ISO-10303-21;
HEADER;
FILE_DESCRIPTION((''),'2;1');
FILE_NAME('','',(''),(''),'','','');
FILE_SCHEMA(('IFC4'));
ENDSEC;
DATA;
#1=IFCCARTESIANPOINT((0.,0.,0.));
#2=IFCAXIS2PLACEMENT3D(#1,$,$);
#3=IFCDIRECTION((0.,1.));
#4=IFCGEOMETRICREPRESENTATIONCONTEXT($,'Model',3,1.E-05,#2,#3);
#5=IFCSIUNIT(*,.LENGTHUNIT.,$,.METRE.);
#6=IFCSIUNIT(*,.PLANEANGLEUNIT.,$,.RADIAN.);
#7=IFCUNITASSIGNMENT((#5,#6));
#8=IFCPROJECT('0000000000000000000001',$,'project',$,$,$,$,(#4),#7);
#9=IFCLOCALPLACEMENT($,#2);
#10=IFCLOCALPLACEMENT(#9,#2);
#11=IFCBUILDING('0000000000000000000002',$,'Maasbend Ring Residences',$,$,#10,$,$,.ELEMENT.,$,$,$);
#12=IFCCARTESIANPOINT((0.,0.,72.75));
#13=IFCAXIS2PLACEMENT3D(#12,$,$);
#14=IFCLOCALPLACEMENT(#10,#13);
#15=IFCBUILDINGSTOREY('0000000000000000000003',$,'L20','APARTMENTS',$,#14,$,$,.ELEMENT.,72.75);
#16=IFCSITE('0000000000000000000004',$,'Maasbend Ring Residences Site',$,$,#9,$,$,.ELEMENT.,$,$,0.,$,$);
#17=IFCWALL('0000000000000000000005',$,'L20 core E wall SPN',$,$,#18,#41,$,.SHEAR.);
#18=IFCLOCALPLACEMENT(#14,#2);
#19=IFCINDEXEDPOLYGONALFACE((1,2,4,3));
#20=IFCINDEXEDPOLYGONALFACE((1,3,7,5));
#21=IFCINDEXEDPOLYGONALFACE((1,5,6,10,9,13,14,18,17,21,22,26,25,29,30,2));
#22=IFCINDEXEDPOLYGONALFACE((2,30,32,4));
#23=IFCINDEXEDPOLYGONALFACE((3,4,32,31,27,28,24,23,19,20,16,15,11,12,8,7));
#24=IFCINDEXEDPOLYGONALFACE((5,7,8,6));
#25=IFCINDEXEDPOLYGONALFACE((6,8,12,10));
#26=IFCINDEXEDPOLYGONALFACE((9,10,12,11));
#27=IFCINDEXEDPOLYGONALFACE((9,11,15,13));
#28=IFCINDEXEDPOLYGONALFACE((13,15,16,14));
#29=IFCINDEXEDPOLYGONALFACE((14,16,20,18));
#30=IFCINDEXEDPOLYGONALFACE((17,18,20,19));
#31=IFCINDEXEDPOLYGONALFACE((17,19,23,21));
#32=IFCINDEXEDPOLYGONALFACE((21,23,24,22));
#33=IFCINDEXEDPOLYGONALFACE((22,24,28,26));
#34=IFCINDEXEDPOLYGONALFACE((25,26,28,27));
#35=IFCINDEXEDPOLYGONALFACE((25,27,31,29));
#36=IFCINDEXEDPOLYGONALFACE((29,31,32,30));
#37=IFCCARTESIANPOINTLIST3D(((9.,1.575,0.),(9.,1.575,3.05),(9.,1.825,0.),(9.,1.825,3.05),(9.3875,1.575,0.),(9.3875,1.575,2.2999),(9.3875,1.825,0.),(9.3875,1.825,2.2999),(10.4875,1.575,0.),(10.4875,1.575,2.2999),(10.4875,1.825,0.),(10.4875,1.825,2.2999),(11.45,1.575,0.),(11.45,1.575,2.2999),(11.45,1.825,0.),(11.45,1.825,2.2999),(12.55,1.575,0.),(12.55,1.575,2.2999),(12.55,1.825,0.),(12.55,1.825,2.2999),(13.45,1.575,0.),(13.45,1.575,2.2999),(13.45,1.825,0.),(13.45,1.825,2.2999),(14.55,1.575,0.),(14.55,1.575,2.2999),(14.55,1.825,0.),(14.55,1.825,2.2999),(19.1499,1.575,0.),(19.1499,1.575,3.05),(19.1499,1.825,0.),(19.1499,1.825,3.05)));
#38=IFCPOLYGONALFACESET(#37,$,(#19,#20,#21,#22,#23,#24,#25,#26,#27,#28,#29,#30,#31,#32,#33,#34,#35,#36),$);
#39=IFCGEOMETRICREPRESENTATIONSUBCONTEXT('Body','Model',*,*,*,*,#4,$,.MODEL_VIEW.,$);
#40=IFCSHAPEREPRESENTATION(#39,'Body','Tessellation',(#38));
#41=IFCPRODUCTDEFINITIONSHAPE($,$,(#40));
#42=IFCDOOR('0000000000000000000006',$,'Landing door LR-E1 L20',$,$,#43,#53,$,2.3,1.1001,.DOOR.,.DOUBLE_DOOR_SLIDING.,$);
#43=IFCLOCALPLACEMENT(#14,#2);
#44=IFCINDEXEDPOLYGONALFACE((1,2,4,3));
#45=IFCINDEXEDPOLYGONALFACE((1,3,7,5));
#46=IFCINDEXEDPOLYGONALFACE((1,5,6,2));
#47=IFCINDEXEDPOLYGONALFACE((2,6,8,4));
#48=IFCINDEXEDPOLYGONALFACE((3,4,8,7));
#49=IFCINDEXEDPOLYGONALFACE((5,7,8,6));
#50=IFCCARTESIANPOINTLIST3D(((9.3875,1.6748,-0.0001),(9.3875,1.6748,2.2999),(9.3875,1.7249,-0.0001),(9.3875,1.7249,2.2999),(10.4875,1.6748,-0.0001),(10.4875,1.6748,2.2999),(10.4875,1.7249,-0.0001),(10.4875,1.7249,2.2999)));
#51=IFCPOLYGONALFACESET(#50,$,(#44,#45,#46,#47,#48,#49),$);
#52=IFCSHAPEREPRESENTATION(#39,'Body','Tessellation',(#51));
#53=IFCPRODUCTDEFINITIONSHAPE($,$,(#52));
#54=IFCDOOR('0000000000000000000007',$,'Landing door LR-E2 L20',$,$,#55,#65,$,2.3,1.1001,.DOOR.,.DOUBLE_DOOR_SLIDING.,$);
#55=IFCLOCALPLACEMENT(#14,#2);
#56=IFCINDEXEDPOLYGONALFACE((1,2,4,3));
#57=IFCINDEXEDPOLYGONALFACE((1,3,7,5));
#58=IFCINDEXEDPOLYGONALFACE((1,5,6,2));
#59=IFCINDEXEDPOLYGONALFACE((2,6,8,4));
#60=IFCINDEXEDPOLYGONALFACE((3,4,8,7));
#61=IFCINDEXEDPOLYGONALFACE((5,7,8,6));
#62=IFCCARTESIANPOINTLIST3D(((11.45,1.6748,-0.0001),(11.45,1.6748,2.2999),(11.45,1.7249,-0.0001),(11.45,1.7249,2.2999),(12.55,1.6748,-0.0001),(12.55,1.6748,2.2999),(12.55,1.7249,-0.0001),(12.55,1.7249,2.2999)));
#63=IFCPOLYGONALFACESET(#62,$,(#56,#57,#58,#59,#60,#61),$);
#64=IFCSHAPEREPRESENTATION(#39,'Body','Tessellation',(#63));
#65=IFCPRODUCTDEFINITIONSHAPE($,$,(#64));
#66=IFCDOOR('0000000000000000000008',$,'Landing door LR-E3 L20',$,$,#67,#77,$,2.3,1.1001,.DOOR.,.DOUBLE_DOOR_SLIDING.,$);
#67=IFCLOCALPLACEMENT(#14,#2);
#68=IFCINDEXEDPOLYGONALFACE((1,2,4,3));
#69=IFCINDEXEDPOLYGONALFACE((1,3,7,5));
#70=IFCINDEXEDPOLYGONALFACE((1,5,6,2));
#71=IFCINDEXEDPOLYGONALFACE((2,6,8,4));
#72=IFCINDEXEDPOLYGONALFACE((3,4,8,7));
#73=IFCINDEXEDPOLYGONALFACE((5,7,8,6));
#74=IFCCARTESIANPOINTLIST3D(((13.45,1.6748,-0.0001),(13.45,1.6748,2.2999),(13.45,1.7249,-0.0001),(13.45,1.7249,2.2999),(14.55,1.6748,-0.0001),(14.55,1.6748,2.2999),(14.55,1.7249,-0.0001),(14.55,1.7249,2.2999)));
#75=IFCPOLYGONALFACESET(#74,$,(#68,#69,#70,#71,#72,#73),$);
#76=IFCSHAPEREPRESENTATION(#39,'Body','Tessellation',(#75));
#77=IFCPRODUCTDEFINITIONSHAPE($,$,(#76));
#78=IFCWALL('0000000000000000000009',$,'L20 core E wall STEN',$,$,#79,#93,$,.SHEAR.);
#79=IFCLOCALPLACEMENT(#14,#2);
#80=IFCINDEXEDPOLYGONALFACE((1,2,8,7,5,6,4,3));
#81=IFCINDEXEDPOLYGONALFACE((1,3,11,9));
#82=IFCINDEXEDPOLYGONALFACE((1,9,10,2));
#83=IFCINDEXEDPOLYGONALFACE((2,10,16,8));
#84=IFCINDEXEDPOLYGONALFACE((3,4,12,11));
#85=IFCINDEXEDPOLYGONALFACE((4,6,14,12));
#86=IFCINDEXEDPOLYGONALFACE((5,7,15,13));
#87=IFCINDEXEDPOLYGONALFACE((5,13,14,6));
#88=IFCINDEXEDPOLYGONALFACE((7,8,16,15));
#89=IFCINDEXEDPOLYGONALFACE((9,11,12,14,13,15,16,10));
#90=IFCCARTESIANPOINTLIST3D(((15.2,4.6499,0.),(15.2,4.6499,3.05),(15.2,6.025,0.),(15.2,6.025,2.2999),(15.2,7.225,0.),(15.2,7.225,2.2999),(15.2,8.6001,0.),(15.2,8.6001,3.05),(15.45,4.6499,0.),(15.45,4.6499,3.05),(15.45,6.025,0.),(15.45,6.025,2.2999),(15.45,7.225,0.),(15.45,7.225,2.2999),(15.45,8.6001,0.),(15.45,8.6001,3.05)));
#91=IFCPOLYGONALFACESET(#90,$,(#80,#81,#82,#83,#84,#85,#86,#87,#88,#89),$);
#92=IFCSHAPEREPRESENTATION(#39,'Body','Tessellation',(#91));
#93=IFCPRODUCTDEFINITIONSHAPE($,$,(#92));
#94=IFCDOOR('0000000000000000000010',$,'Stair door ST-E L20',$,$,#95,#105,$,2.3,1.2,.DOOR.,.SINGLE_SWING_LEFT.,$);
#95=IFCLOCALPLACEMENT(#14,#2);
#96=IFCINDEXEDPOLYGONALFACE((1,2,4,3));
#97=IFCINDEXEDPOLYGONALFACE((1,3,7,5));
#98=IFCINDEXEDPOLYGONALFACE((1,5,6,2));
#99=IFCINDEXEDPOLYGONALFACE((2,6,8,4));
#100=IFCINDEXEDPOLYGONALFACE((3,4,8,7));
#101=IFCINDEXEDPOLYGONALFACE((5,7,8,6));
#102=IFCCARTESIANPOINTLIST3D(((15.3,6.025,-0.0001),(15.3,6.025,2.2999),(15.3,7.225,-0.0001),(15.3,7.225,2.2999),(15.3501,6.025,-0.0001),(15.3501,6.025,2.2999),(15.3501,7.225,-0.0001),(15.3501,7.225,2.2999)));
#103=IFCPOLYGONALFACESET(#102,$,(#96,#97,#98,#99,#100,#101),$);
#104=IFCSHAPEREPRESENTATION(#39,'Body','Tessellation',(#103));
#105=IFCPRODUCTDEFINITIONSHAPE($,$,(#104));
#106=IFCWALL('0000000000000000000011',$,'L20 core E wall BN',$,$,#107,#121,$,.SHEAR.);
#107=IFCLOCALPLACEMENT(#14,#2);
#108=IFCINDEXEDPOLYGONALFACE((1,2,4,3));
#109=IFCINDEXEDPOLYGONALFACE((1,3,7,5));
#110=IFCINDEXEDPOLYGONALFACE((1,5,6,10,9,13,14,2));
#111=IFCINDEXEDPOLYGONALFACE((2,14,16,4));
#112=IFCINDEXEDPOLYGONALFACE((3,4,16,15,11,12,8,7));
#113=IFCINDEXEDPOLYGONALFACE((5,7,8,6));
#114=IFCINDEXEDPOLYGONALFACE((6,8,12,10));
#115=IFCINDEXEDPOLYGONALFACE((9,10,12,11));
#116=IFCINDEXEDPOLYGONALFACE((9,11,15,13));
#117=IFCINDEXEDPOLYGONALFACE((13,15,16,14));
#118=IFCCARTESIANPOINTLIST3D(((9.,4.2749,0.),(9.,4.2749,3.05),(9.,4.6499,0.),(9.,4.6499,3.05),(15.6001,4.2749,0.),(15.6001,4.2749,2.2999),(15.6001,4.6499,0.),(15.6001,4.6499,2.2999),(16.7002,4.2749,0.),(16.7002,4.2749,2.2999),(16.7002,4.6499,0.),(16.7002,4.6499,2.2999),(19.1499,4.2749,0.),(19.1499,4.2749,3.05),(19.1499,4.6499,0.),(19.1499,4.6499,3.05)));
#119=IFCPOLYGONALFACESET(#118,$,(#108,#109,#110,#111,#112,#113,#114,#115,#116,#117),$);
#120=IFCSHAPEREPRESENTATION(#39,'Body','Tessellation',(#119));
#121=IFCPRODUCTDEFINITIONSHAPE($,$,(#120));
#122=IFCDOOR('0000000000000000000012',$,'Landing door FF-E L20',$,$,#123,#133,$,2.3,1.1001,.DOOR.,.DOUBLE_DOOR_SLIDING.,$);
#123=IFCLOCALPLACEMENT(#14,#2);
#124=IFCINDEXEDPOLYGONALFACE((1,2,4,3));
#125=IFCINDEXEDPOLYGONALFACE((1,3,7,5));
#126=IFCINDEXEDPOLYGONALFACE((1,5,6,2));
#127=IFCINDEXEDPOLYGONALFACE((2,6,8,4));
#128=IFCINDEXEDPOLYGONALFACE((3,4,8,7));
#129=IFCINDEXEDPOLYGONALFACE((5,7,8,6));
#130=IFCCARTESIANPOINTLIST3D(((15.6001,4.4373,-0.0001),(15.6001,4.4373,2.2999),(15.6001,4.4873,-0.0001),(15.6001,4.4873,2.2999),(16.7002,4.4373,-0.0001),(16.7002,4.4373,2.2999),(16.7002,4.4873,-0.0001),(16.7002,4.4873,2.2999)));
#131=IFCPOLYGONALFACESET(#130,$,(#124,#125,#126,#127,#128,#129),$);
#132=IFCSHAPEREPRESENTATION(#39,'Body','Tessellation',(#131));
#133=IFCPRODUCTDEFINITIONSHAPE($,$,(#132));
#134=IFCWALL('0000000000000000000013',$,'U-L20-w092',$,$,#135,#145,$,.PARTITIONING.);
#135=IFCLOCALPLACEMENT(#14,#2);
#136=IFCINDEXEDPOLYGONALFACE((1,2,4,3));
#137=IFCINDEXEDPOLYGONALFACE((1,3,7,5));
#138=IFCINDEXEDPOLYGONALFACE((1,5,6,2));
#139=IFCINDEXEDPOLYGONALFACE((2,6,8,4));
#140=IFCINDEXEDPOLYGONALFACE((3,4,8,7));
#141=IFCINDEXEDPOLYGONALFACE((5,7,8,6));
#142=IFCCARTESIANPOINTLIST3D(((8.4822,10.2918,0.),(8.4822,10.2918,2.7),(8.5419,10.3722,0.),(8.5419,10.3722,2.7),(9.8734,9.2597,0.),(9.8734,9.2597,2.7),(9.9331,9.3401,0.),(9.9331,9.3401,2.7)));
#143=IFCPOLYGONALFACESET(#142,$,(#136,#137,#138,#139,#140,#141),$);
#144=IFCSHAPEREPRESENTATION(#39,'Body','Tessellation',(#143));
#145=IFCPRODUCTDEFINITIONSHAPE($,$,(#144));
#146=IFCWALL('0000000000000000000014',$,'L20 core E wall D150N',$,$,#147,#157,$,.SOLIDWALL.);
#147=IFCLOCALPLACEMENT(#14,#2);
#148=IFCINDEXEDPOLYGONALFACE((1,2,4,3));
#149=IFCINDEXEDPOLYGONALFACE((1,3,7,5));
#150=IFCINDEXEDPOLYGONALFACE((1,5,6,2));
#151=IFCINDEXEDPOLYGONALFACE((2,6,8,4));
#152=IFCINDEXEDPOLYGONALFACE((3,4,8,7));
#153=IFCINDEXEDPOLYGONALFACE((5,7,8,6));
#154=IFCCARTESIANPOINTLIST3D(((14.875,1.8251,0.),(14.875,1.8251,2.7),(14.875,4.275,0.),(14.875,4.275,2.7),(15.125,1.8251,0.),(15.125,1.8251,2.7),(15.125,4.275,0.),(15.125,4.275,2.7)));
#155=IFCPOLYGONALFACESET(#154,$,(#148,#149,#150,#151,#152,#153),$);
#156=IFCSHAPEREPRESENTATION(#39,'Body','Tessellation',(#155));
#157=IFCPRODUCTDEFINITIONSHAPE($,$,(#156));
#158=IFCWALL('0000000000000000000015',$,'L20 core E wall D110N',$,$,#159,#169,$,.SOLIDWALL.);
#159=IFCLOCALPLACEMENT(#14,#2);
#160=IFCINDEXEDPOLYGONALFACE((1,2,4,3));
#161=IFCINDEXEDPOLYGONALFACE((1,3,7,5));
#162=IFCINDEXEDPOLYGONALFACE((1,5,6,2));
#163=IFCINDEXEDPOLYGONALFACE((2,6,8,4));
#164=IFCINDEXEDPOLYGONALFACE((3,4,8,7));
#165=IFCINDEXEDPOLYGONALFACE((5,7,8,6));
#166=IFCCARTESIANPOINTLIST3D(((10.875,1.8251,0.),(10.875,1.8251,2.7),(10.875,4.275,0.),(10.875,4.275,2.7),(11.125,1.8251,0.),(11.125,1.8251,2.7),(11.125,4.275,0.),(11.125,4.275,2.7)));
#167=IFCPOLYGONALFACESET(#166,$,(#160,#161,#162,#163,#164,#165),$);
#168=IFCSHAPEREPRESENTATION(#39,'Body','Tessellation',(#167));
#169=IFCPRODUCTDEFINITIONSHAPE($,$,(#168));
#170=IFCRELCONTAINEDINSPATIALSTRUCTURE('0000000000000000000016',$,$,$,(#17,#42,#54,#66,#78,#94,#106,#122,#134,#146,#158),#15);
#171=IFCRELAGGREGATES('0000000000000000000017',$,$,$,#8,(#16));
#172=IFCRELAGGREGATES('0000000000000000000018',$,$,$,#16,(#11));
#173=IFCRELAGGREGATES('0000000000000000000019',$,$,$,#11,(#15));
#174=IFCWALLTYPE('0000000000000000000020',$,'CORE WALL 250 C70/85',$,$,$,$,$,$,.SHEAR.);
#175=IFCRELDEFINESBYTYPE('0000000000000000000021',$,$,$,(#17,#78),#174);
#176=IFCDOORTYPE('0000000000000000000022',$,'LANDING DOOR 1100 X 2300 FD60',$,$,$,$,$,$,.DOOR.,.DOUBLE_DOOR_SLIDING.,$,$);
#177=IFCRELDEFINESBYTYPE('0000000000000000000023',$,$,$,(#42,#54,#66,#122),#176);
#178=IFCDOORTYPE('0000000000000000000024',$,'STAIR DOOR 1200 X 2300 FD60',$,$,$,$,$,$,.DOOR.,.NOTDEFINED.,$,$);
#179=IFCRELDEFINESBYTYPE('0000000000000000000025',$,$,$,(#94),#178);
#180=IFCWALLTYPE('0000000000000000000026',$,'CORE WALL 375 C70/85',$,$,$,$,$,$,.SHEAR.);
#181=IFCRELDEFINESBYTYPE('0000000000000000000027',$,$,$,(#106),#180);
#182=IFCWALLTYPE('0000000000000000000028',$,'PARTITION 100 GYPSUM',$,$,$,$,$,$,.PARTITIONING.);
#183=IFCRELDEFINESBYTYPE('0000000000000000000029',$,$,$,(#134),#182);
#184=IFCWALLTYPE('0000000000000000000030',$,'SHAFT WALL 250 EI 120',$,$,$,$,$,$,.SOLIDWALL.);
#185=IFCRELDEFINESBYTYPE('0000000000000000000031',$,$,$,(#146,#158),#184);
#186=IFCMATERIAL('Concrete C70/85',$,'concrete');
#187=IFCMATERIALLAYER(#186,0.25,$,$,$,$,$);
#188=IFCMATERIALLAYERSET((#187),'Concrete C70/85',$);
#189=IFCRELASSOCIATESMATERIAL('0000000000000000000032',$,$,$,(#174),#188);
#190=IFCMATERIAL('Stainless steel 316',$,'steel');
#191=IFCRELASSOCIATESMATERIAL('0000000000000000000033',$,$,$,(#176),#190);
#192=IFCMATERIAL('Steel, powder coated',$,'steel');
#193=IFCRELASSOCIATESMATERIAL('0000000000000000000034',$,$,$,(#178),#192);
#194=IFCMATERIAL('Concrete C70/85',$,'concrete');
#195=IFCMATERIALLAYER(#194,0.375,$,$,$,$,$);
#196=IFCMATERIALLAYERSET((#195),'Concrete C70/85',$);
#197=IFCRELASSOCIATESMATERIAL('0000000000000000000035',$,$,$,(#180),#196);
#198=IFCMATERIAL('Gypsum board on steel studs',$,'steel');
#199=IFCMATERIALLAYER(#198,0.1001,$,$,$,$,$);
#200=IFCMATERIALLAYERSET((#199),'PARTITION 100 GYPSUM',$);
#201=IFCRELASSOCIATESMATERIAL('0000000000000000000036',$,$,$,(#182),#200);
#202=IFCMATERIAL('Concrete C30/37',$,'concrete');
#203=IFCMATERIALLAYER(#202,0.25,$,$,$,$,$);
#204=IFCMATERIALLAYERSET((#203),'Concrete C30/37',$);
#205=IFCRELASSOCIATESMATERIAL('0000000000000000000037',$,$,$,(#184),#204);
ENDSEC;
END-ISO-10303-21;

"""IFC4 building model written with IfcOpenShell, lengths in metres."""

from ifc_helpers import new_model, si_unit, direction, frame, frame_2d, origin, place, context, subcontext, project, spatial, rectangle, extrude, material, layer, layer_set, type_object, element, fill, save


model = new_model("IFC4")

# Units and contexts
model_context = context("Model", 3, precision=1e-05, world=origin(), true_north=direction((0.0, 1.0)))
body_context = subcontext(model_context, "Body", "Model", "MODEL_VIEW")
ifc_project = project(units=[si_unit("LENGTHUNIT", "METRE"), si_unit("PLANEANGLEUNIT", "RADIAN")], contexts=[model_context])

# Site, building, storey
site_placement = place(None, origin())
site = spatial("IfcSite", under=ifc_project, at=site_placement, Name="Maasbend Ring Residences Site", CompositionType="ELEMENT", RefElevation=0.0)
building_placement = place(site_placement, origin())
building = spatial("IfcBuilding", under=site, at=building_placement, Name="Maasbend Ring Residences", CompositionType="ELEMENT")
storey_placement = place(building_placement, frame((0.0, 0.0, 72.75)))
storey = spatial("IfcBuildingStorey", under=building, at=storey_placement, Name="L20", Description="APARTMENTS", CompositionType="ELEMENT", Elevation=72.75)

# Wall, openings, doors
ifc_material_1 = material(Name="Concrete C70/85", Category="concrete")
ifc_layer_1 = layer(ifc_material_1, 0.25)
ifc_layer_set_1 = layer_set([ifc_layer_1], Name="Concrete C70/85")
wall_type_1 = type_object("IfcWallType", Name="CORE WALL 250 C70/85", PredefinedType="SHEAR", material=ifc_layer_set_1)
wall_1_placement = place(storey_placement, frame((9.0, 1.7, 0.0), z_axis=(0.0, 0.0, 1.0), x_axis=(1.0, 0.0, 0.0)))
wall_1 = element("IfcWall", 1, at=wall_1_placement, inside=storey, type_object=wall_type_1, Name="L20 core E wall SPN", PredefinedType="SHEAR", context=body_context, shape_type="SweptSolid", body=[
    extrude(rectangle(XDim=10.1499, YDim=0.25, at=frame_2d((5.075, 0.0))), origin(), (0.0, 0.0, 1.0), 3.05),
])
opening_1_placement = place(wall_1_placement, frame((0.3875, 0.0, 0.0)))
opening_1 = element("IfcOpeningElement", 2, at=opening_1_placement, cuts=wall_1, PredefinedType="OPENING", context=body_context, shape_type="SweptSolid", body=[
    extrude(rectangle(XDim=1.1001, YDim=2.3, at=frame_2d((0.55, 1.1499))), frame((0.0, 0.135, 0.0), z_axis=(0.0, -1.0, 0.0), x_axis=(1.0, 0.0, 0.0)), (0.0, 0.0, 1.0), 0.27),
])
opening_2_placement = place(wall_1_placement, frame((2.45, 0.0, 0.0)))
opening_2 = element("IfcOpeningElement", 3, at=opening_2_placement, cuts=wall_1, PredefinedType="OPENING", context=body_context, shape_type="SweptSolid", body=[
    extrude(rectangle(XDim=1.1001, YDim=2.3, at=frame_2d((0.55, 1.1499))), frame((0.0, 0.135, 0.0), z_axis=(0.0, -1.0, 0.0), x_axis=(1.0, 0.0, 0.0)), (0.0, 0.0, 1.0), 0.27),
])
opening_3_placement = place(wall_1_placement, frame((4.45, 0.0, 0.0)))
opening_3 = element("IfcOpeningElement", 4, at=opening_3_placement, cuts=wall_1, PredefinedType="OPENING", context=body_context, shape_type="SweptSolid", body=[
    extrude(rectangle(XDim=1.1001, YDim=2.3, at=frame_2d((0.55, 1.1499))), frame((0.0, 0.135, 0.0), z_axis=(0.0, -1.0, 0.0), x_axis=(1.0, 0.0, 0.0)), (0.0, 0.0, 1.0), 0.27),
])
ifc_material_2 = material(Name="Stainless steel 316", Category="steel")
door_type_1 = type_object("IfcDoorType", Name="LANDING DOOR 1100 X 2300 FD60", OperationType="DOUBLE_DOOR_SLIDING", PredefinedType="DOOR", material=ifc_material_2)
door_1_placement = place(opening_1_placement, origin())
door_1 = element("IfcDoor", 5, at=door_1_placement, inside=storey, type_object=door_type_1, Name="Landing door LR-E1 L20", OperationType="DOUBLE_DOOR_SLIDING", OverallHeight=2.3, OverallWidth=1.1001, PredefinedType="DOOR", context=body_context, shape_type="SweptSolid", body=[
    extrude(rectangle(XDim=1.1001, YDim=2.3, at=frame_2d((0.55, 1.1499))), frame((0.0, 0.0249, 0.0), z_axis=(0.0, -1.0, 0.0), x_axis=(1.0, 0.0, 0.0)), (0.0, 0.0, 1.0), 0.05),
])
fill(opening_1, door_1)
door_2_placement = place(opening_2_placement, origin())
door_2 = element("IfcDoor", 6, at=door_2_placement, inside=storey, type_object=door_type_1, Name="Landing door LR-E2 L20", OperationType="DOUBLE_DOOR_SLIDING", OverallHeight=2.3, OverallWidth=1.1001, PredefinedType="DOOR", context=body_context, shape_type="SweptSolid", body=[
    extrude(rectangle(XDim=1.1001, YDim=2.3, at=frame_2d((0.55, 1.1499))), frame((0.0, 0.0249, 0.0), z_axis=(0.0, -1.0, 0.0), x_axis=(1.0, 0.0, 0.0)), (0.0, 0.0, 1.0), 0.05),
])
fill(opening_2, door_2)
door_3_placement = place(opening_3_placement, origin())
door_3 = element("IfcDoor", 7, at=door_3_placement, inside=storey, type_object=door_type_1, Name="Landing door LR-E3 L20", OperationType="DOUBLE_DOOR_SLIDING", OverallHeight=2.3, OverallWidth=1.1001, PredefinedType="DOOR", context=body_context, shape_type="SweptSolid", body=[
    extrude(rectangle(XDim=1.1001, YDim=2.3, at=frame_2d((0.55, 1.1499))), frame((0.0, 0.0249, 0.0), z_axis=(0.0, -1.0, 0.0), x_axis=(1.0, 0.0, 0.0)), (0.0, 0.0, 1.0), 0.05),
])
fill(opening_3, door_3)

# Walls, openings, doors
wall_2_placement = place(storey_placement, frame((15.325, 4.6499, 0.0), z_axis=(0.0, 0.0, 1.0), x_axis=(0.0, 1.0, 0.0)))
wall_2 = element("IfcWall", 8, at=wall_2_placement, inside=storey, type_object=wall_type_1, Name="L20 core E wall STEN", PredefinedType="SHEAR", context=body_context, shape_type="SweptSolid", body=[
    extrude(rectangle(XDim=3.9502, YDim=0.25, at=frame_2d((1.9751, 0.0))), origin(), (0.0, 0.0, 1.0), 3.05),
])
opening_4_placement = place(wall_2_placement, frame((1.375, 0.0, 0.0)))
opening_4 = element("IfcOpeningElement", 9, at=opening_4_placement, cuts=wall_2, PredefinedType="OPENING", context=body_context, shape_type="SweptSolid", body=[
    extrude(rectangle(XDim=1.2, YDim=2.3, at=frame_2d((0.6001, 1.1499))), frame((0.0, 0.135, 0.0), z_axis=(0.0, -1.0, 0.0), x_axis=(1.0, 0.0, 0.0)), (0.0, 0.0, 1.0), 0.27),
])
ifc_material_3 = material(Name="Steel, powder coated", Category="steel")
door_type_2 = type_object("IfcDoorType", Name="STAIR DOOR 1200 X 2300 FD60", OperationType="NOTDEFINED", PredefinedType="DOOR", material=ifc_material_3)
door_4_placement = place(opening_4_placement, origin())
door_4 = element("IfcDoor", 10, at=door_4_placement, inside=storey, type_object=door_type_2, Name="Stair door ST-E L20", OperationType="SINGLE_SWING_LEFT", OverallHeight=2.3, OverallWidth=1.2, PredefinedType="DOOR", context=body_context, shape_type="SweptSolid", body=[
    extrude(rectangle(XDim=1.2, YDim=2.3, at=frame_2d((0.6001, 1.1499))), frame((0.0, 0.0249, 0.0), z_axis=(0.0, -1.0, 0.0), x_axis=(1.0, 0.0, 0.0)), (0.0, 0.0, 1.0), 0.05),
])
fill(opening_4, door_4)
ifc_material_4 = material(Name="Concrete C70/85", Category="concrete")
ifc_layer_2 = layer(ifc_material_4, 0.375)
ifc_layer_set_2 = layer_set([ifc_layer_2], Name="Concrete C70/85")
wall_type_2 = type_object("IfcWallType", Name="CORE WALL 375 C70/85", PredefinedType="SHEAR", material=ifc_layer_set_2)
wall_3_placement = place(storey_placement, frame((9.0, 4.4624, 0.0), z_axis=(0.0, 0.0, 1.0), x_axis=(1.0, 0.0, 0.0)))
wall_3 = element("IfcWall", 11, at=wall_3_placement, inside=storey, type_object=wall_type_2, Name="L20 core E wall BN", PredefinedType="SHEAR", context=body_context, shape_type="SweptSolid", body=[
    extrude(rectangle(XDim=10.1499, YDim=0.375, at=frame_2d((5.075, 0.0))), origin(), (0.0, 0.0, 1.0), 3.05),
])
opening_5_placement = place(wall_3_placement, frame((6.6001, 0.0, 0.0)))
opening_5 = element("IfcOpeningElement", 12, at=opening_5_placement, cuts=wall_3, PredefinedType="OPENING", context=body_context, shape_type="SweptSolid", body=[
    extrude(rectangle(XDim=1.1001, YDim=2.3, at=frame_2d((0.55, 1.1499))), frame((0.0, 0.1975, 0.0), z_axis=(0.0, -1.0, 0.0), x_axis=(1.0, 0.0, 0.0)), (0.0, 0.0, 1.0), 0.395),
])
door_5_placement = place(opening_5_placement, origin())
door_5 = element("IfcDoor", 13, at=door_5_placement, inside=storey, type_object=door_type_1, Name="Landing door FF-E L20", OperationType="DOUBLE_DOOR_SLIDING", OverallHeight=2.3, OverallWidth=1.1001, PredefinedType="DOOR", context=body_context, shape_type="SweptSolid", body=[
    extrude(rectangle(XDim=1.1001, YDim=2.3, at=frame_2d((0.55, 1.1499))), frame((0.0, 0.0249, 0.0), z_axis=(0.0, -1.0, 0.0), x_axis=(1.0, 0.0, 0.0)), (0.0, 0.0, 1.0), 0.05),
])
fill(opening_5, door_5)

# Walls
ifc_material_5 = material(Name="Gypsum board on steel studs", Category="steel")
ifc_layer_3 = layer(ifc_material_5, 0.1001)
ifc_layer_set_3 = layer_set([ifc_layer_3], Name="PARTITION 100 GYPSUM")
wall_type_3 = type_object("IfcWallType", Name="PARTITION 100 GYPSUM", PredefinedType="PARTITIONING", material=ifc_layer_set_3)
wall_4_placement = place(storey_placement, frame((8.512, 10.332, 0.0), z_axis=(0.0, 0.0, 1.0), x_axis=(0.803135, -0.595797, 0.0)))
element("IfcWall", 14, at=wall_4_placement, inside=storey, type_object=wall_type_3, Name="U-L20-w092", PredefinedType="PARTITIONING", context=body_context, shape_type="SweptSolid", body=[
    extrude(rectangle(XDim=1.7322, YDim=0.1001, at=frame_2d((0.8662, 0.0))), origin(), (0.0, 0.0, 1.0), 2.7),
])
ifc_material_6 = material(Name="Concrete C30/37", Category="concrete")
ifc_layer_4 = layer(ifc_material_6, 0.25)
ifc_layer_set_4 = layer_set([ifc_layer_4], Name="Concrete C30/37")
wall_type_4 = type_object("IfcWallType", Name="SHAFT WALL 250 EI 120", PredefinedType="SOLIDWALL", material=ifc_layer_set_4)
for number, where, z_axis, x_axis, name in (
    (15, (15.0, 1.825, 0.0), (0.0, 0.0, 1.0), (0.0, 1.0, 0.0), "L20 core E wall D150N"),
    (16, (11.0, 1.825, 0.0), (0.0, 0.0, 1.0), (0.0, 1.0, 0.0), "L20 core E wall D110N"),
):
    element("IfcWall", number, at=place(storey_placement, frame(where, z_axis=z_axis, x_axis=x_axis)), inside=storey, type_object=wall_type_4, Name=name, PredefinedType="SOLIDWALL", context=body_context, shape_type="SweptSolid", body=[
        extrude(rectangle(XDim=2.45, YDim=0.25, at=frame_2d((1.2251, 0.0))), origin(), (0.0, 0.0, 1.0), 2.7),
    ])

save(model, "model.ifc")
